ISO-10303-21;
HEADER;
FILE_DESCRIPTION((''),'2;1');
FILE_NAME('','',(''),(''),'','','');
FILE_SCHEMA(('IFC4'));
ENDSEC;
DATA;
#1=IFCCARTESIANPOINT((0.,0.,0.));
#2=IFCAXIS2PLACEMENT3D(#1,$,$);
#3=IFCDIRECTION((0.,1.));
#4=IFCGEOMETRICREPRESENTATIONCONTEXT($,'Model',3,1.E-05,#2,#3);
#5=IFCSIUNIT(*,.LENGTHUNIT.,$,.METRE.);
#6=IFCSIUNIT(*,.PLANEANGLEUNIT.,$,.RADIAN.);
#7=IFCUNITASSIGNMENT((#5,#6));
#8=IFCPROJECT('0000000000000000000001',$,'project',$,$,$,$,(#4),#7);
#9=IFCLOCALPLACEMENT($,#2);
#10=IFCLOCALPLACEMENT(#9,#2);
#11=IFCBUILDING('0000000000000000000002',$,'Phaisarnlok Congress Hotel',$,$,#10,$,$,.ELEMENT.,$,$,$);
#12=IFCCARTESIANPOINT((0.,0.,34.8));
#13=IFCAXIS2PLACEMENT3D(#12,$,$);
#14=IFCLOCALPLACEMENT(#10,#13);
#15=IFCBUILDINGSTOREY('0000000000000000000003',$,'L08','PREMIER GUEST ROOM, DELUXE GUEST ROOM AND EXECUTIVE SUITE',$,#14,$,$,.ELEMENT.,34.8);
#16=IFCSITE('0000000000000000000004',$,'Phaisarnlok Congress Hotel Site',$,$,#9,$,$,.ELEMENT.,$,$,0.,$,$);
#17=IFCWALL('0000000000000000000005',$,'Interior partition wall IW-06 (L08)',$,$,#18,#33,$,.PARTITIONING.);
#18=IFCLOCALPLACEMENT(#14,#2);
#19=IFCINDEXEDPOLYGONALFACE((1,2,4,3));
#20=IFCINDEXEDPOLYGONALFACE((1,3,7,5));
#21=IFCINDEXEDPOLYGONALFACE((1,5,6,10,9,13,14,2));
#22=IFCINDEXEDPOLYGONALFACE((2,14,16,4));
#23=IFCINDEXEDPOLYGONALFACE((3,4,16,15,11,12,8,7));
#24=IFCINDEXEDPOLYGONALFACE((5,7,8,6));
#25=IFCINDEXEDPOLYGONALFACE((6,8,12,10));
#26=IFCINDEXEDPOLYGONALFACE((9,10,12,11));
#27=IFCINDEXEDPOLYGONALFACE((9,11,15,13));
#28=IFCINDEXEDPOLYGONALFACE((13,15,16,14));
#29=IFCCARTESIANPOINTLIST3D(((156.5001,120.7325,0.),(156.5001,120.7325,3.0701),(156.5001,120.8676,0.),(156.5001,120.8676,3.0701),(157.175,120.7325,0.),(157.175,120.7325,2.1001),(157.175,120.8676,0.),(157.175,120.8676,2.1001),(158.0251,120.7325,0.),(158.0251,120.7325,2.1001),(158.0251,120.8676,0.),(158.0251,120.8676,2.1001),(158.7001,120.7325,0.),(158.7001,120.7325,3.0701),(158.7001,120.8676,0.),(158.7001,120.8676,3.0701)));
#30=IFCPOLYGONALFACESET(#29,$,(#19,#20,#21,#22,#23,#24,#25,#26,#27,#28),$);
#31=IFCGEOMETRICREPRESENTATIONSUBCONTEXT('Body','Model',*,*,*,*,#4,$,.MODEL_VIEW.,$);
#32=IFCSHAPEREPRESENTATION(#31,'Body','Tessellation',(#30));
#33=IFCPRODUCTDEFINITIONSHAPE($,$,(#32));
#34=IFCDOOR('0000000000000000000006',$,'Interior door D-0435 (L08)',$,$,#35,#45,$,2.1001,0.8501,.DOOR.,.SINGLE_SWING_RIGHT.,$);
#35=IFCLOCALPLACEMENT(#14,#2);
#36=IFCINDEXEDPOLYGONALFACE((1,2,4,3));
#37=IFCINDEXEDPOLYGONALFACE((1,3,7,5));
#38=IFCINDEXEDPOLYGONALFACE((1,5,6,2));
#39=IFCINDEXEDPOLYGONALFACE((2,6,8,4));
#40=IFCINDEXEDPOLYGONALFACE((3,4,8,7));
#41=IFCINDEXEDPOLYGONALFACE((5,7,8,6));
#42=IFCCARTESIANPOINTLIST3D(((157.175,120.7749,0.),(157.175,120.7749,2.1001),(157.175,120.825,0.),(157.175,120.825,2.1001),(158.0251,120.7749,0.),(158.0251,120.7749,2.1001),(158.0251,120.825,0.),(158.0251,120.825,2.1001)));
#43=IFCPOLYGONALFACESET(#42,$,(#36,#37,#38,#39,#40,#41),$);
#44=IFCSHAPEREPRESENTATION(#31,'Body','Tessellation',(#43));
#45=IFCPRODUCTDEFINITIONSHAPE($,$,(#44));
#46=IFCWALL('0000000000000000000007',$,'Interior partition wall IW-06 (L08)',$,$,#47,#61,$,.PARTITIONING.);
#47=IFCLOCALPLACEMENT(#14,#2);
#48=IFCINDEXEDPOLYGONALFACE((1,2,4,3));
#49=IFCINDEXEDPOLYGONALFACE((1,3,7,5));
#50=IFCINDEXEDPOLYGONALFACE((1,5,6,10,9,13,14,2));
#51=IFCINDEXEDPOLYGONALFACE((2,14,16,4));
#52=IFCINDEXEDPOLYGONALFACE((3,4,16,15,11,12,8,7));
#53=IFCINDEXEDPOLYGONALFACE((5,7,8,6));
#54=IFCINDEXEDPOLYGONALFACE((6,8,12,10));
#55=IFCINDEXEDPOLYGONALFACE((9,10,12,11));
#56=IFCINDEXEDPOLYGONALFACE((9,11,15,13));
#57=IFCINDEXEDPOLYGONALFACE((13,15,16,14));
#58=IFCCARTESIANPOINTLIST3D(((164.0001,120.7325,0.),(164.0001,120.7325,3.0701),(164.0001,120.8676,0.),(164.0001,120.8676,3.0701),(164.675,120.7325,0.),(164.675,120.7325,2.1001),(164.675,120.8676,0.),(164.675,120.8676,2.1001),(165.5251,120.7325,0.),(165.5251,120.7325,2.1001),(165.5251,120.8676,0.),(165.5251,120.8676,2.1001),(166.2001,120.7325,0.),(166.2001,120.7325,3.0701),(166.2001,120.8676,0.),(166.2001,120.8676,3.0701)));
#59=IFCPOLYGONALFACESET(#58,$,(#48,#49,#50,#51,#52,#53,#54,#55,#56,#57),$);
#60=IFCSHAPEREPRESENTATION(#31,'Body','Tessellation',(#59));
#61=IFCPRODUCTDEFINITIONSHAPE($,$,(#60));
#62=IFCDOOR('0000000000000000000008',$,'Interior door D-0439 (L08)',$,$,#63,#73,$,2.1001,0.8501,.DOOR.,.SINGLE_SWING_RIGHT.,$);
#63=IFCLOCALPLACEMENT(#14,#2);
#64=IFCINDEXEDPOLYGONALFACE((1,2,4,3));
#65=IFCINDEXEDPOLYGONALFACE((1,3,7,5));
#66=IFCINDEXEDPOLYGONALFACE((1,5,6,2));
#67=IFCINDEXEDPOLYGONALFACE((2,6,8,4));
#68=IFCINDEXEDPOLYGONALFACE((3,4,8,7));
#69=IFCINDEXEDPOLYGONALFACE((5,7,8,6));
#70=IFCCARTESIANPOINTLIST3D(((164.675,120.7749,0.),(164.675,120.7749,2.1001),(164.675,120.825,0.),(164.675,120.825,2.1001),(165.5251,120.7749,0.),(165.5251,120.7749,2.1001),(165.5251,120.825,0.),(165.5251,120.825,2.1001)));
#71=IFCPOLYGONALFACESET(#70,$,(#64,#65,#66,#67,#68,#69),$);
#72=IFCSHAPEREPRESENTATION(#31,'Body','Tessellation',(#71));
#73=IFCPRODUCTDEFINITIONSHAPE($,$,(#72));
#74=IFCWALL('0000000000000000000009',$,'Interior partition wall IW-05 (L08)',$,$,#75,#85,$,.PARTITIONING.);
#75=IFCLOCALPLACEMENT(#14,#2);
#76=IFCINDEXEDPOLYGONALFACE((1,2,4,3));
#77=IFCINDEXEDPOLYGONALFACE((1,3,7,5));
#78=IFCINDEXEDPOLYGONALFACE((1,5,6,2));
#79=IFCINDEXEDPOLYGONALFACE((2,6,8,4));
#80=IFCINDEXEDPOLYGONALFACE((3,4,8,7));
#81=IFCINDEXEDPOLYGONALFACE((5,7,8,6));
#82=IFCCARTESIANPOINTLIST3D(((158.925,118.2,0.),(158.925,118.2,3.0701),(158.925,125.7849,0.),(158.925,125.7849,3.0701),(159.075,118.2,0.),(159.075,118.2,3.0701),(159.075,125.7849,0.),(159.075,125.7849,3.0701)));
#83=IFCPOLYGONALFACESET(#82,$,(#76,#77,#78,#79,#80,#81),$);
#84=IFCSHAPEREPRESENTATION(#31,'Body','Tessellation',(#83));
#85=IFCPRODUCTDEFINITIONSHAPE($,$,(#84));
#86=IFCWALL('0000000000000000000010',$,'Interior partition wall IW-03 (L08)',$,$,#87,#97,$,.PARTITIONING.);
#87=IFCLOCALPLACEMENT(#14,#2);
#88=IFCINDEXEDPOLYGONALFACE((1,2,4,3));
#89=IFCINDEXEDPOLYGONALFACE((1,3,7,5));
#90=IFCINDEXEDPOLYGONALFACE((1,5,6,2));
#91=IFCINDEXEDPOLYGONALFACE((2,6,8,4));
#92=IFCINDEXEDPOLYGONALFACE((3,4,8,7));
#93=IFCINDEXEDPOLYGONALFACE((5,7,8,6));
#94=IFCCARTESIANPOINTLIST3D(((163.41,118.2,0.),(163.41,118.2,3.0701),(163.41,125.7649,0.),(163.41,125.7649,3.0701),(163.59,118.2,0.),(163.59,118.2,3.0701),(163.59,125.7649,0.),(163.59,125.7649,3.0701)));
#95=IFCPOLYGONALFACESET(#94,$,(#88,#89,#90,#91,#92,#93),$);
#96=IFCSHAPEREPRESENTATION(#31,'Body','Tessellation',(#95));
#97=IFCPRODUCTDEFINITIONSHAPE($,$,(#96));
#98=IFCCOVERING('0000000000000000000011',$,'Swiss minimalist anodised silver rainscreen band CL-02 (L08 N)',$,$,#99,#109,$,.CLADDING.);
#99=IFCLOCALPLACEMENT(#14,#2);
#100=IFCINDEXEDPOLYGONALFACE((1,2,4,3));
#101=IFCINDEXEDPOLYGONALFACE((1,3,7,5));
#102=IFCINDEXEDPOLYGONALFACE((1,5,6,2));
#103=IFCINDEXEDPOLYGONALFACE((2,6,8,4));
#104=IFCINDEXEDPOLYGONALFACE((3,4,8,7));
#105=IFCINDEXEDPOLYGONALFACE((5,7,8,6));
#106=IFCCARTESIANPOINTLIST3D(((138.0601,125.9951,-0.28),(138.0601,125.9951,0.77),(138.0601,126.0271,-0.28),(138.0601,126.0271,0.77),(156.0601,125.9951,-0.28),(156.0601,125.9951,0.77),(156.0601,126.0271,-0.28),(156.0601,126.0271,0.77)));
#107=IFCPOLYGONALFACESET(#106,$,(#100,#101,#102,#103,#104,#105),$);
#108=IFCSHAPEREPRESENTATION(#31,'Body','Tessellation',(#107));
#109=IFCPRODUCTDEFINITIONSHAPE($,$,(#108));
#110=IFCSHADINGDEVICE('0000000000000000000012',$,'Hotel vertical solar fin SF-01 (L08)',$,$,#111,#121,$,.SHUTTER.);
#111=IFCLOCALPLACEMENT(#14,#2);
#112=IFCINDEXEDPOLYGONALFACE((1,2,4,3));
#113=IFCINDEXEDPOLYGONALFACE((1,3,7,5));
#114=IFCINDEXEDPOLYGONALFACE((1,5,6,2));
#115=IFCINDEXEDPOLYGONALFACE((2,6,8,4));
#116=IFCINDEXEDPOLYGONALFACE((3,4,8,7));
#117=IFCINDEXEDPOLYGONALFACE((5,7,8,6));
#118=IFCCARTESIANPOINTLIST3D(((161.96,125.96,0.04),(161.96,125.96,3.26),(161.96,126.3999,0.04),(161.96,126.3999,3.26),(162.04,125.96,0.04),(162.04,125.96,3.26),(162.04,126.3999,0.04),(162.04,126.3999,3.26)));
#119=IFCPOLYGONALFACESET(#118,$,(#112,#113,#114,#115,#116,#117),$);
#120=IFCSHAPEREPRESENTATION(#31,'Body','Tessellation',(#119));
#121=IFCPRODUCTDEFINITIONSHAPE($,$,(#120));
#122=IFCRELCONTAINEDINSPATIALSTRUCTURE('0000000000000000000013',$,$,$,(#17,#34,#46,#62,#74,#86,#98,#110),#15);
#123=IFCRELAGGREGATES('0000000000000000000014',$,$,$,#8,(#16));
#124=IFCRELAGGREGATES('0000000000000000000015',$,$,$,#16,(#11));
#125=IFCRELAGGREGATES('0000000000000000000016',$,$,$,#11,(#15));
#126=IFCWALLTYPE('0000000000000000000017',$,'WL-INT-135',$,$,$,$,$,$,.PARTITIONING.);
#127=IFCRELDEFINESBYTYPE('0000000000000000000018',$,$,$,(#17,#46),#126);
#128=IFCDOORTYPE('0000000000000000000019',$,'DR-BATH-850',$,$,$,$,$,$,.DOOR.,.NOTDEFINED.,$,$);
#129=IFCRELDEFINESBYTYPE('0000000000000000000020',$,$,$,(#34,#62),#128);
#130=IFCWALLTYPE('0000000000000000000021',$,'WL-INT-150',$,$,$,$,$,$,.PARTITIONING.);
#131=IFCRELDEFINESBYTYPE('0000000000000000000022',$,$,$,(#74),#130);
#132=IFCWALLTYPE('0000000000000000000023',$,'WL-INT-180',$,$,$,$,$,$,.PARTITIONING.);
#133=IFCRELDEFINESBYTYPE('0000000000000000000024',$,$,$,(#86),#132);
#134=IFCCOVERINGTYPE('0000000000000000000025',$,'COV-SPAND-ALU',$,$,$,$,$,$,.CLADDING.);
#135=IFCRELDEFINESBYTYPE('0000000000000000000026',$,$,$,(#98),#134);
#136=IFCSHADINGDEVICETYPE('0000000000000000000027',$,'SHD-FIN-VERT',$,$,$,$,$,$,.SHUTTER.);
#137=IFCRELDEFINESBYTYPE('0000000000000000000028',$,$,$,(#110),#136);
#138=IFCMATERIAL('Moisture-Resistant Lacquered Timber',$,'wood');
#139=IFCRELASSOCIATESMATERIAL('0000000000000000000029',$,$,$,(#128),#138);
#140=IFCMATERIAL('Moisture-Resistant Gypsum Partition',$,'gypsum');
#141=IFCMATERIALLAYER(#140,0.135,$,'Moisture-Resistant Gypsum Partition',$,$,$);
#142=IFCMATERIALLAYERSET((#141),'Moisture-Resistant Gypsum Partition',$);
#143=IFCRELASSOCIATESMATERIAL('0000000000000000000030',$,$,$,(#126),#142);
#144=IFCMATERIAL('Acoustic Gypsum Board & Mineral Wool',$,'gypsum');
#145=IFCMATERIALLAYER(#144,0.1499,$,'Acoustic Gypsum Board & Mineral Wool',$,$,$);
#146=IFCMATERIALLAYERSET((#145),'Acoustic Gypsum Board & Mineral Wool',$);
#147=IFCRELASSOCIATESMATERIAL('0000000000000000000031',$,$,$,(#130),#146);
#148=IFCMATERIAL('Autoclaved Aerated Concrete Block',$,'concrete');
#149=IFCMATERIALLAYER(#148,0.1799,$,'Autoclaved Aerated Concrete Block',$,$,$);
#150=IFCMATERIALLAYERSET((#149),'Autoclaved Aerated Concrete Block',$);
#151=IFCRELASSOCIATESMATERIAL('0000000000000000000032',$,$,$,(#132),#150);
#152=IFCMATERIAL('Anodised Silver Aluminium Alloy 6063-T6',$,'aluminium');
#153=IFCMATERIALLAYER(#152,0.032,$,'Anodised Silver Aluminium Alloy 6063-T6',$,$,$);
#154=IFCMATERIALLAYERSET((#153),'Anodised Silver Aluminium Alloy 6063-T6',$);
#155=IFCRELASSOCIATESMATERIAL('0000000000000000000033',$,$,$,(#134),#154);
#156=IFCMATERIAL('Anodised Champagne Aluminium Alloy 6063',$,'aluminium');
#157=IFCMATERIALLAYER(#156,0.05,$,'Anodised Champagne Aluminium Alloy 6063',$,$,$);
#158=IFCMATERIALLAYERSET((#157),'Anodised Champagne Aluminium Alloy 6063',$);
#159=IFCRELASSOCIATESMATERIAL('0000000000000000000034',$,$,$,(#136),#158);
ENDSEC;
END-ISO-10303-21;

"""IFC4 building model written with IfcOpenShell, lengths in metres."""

from ifc_helpers import new_model, si_unit, direction, frame, frame_2d, origin, origin_2d, place, context, subcontext, project, spatial, polyline, rectangle, outline, extrude, material, layer, layer_set, type_object, element, fill, save


model = new_model("IFC4")

# Units and contexts
model_context = context("Model", 3, precision=1e-05, world=origin(), true_north=direction((0.0, 1.0)))
body_context = subcontext(model_context, "Body", "Model", "MODEL_VIEW")
ifc_project = project(units=[si_unit("LENGTHUNIT", "METRE"), si_unit("PLANEANGLEUNIT", "RADIAN")], contexts=[model_context])

# Site, building, storey
site_placement = place(None, origin())
site = spatial("IfcSite", under=ifc_project, at=site_placement, Name="Phaisarnlok Congress Hotel Site", CompositionType="ELEMENT", RefElevation=0.0)
building_placement = place(site_placement, origin())
building = spatial("IfcBuilding", under=site, at=building_placement, Name="Phaisarnlok Congress Hotel", CompositionType="ELEMENT")
storey_placement = place(building_placement, frame((0.0, 0.0, 34.8)))
storey = spatial("IfcBuildingStorey", under=building, at=storey_placement, Name="L08", Description="PREMIER GUEST ROOM, DELUXE GUEST ROOM AND EXECUTIVE SUITE", CompositionType="ELEMENT", Elevation=34.8)

# Shared definitions
ifc_material_1 = material(Name="Moisture-Resistant Lacquered Timber", Category="wood")
door_type = type_object("IfcDoorType", Name="DR-BATH-850", OperationType="NOTDEFINED", PredefinedType="DOOR", material=ifc_material_1)

# Shared definitions
ifc_material_2 = material(Name="Moisture-Resistant Gypsum Partition", Category="gypsum")
ifc_layer_1 = layer(ifc_material_2, 0.135, Name="Moisture-Resistant Gypsum Partition")
ifc_layer_set_1 = layer_set([ifc_layer_1], Name="Moisture-Resistant Gypsum Partition")
wall_type_1 = type_object("IfcWallType", Name="WL-INT-135", PredefinedType="PARTITIONING", material=ifc_layer_set_1)

# Walls, openings, doors
wall_1_placement = place(storey_placement, frame((156.5, 120.8, 0.0), z_axis=(0.0, 0.0, 1.0), x_axis=(1.0, 0.0, 0.0)))
wall_1 = element("IfcWall", 1, at=wall_1_placement, inside=storey, type_object=wall_type_1, Name="Interior partition wall IW-06 (L08)", PredefinedType="PARTITIONING", context=body_context, shape_type="SweptSolid", body=[
    extrude(rectangle(XDim=2.2, YDim=0.135, at=frame_2d((1.1001, 0.0))), origin(), (0.0, 0.0, 1.0), 3.0701),
])
opening_1_placement = place(wall_1_placement, frame((0.675, 0.0, 0.0)))
opening_1 = element("IfcOpeningElement", 2, at=opening_1_placement, cuts=wall_1, PredefinedType="OPENING", context=body_context, shape_type="SweptSolid", body=[
    extrude(rectangle(XDim=0.8501, YDim=2.1001, at=frame_2d((0.425, 1.05))), frame((0.0, 0.0776, 0.0), z_axis=(0.0, -1.0, 0.0), x_axis=(1.0, 0.0, 0.0)), (0.0, 0.0, 1.0), 0.155),
])
door_1_placement = place(opening_1_placement, origin())
door_1 = element("IfcDoor", 3, at=door_1_placement, inside=storey, type_object=door_type, Name="Interior door D-0435 (L08)", OperationType="SINGLE_SWING_RIGHT", OverallHeight=2.1001, OverallWidth=0.8501, PredefinedType="DOOR", context=body_context, shape_type="SweptSolid", body=[
    extrude(rectangle(XDim=0.8501, YDim=2.1001, at=frame_2d((0.425, 1.05))), frame((0.0, 0.0249, 0.0), z_axis=(0.0, -1.0, 0.0), x_axis=(1.0, 0.0, 0.0)), (0.0, 0.0, 1.0), 0.05),
])
fill(opening_1, door_1)
wall_2_placement = place(storey_placement, frame((164.0, 120.8, 0.0), z_axis=(0.0, 0.0, 1.0), x_axis=(1.0, 0.0, 0.0)))
wall_2 = element("IfcWall", 4, at=wall_2_placement, inside=storey, type_object=wall_type_1, Name="Interior partition wall IW-06 (L08)", PredefinedType="PARTITIONING", context=body_context, shape_type="SweptSolid", body=[
    extrude(rectangle(XDim=2.2, YDim=0.135, at=frame_2d((1.1001, 0.0))), origin(), (0.0, 0.0, 1.0), 3.0701),
])
opening_2_placement = place(wall_2_placement, frame((0.675, 0.0, 0.0)))
opening_2 = element("IfcOpeningElement", 5, at=opening_2_placement, cuts=wall_2, PredefinedType="OPENING", context=body_context, shape_type="SweptSolid", body=[
    extrude(rectangle(XDim=0.8501, YDim=2.1001, at=frame_2d((0.425, 1.05))), frame((0.0, 0.0776, 0.0), z_axis=(0.0, -1.0, 0.0), x_axis=(1.0, 0.0, 0.0)), (0.0, 0.0, 1.0), 0.155),
])
door_2_placement = place(opening_2_placement, origin())
door_2 = element("IfcDoor", 6, at=door_2_placement, inside=storey, type_object=door_type, Name="Interior door D-0439 (L08)", OperationType="SINGLE_SWING_RIGHT", OverallHeight=2.1001, OverallWidth=0.8501, PredefinedType="DOOR", context=body_context, shape_type="SweptSolid", body=[
    extrude(rectangle(XDim=0.8501, YDim=2.1001, at=frame_2d((0.425, 1.05))), frame((0.0, 0.0249, 0.0), z_axis=(0.0, -1.0, 0.0), x_axis=(1.0, 0.0, 0.0)), (0.0, 0.0, 1.0), 0.05),
])
fill(opening_2, door_2)

# Walls
ifc_material_3 = material(Name="Acoustic Gypsum Board & Mineral Wool", Category="gypsum")
ifc_layer_2 = layer(ifc_material_3, 0.1499, Name="Acoustic Gypsum Board & Mineral Wool")
ifc_layer_set_2 = layer_set([ifc_layer_2], Name="Acoustic Gypsum Board & Mineral Wool")
wall_type_2 = type_object("IfcWallType", Name="WL-INT-150", PredefinedType="PARTITIONING", material=ifc_layer_set_2)
wall_3_placement = place(storey_placement, frame((159.0, 118.2, 0.0), z_axis=(0.0, 0.0, 1.0), x_axis=(0.0, 1.0, 0.0)))
element("IfcWall", 7, at=wall_3_placement, inside=storey, type_object=wall_type_2, Name="Interior partition wall IW-05 (L08)", PredefinedType="PARTITIONING", context=body_context, shape_type="SweptSolid", body=[
    extrude(rectangle(XDim=7.585, YDim=0.1499, at=frame_2d((3.7925, 0.0))), origin(), (0.0, 0.0, 1.0), 3.0701),
])
ifc_material_4 = material(Name="Autoclaved Aerated Concrete Block", Category="concrete")
ifc_layer_3 = layer(ifc_material_4, 0.1799, Name="Autoclaved Aerated Concrete Block")
ifc_layer_set_3 = layer_set([ifc_layer_3], Name="Autoclaved Aerated Concrete Block")
wall_type_3 = type_object("IfcWallType", Name="WL-INT-180", PredefinedType="PARTITIONING", material=ifc_layer_set_3)
wall_4_placement = place(storey_placement, frame((163.5, 118.2, 0.0), z_axis=(0.0, 0.0, 1.0), x_axis=(0.0, 1.0, 0.0)))
element("IfcWall", 8, at=wall_4_placement, inside=storey, type_object=wall_type_3, Name="Interior partition wall IW-03 (L08)", PredefinedType="PARTITIONING", context=body_context, shape_type="SweptSolid", body=[
    extrude(rectangle(XDim=7.5649, YDim=0.1799, at=frame_2d((3.7825, 0.0))), origin(), (0.0, 0.0, 1.0), 3.0701),
])

# Covering
ifc_material_5 = material(Name="Anodised Silver Aluminium Alloy 6063-T6", Category="aluminium")
ifc_layer_4 = layer(ifc_material_5, 0.032, Name="Anodised Silver Aluminium Alloy 6063-T6")
ifc_layer_set_4 = layer_set([ifc_layer_4], Name="Anodised Silver Aluminium Alloy 6063-T6")
covering_type = type_object("IfcCoveringType", Name="COV-SPAND-ALU", PredefinedType="CLADDING", material=ifc_layer_set_4)
covering_placement = place(storey_placement, frame((156.0601, 125.9951, -0.28), z_axis=(0.0, 1.0, 0.0), x_axis=(-1.0, 0.0, 0.0)))
element("IfcCovering", 9, at=covering_placement, inside=storey, type_object=covering_type, Name="Swiss minimalist anodised silver rainscreen band CL-02 (L08 N)", PredefinedType="CLADDING", context=body_context, shape_type="SweptSolid", body=[
    extrude(outline(polyline([(0.0, 0.0), (18.0, 0.0), (18.0, 1.05), (0.0, 1.05), (0.0, 0.0)])), origin(), (0.0, 0.0, 1.0), 0.032),
])

# Shading device
ifc_material_6 = material(Name="Anodised Champagne Aluminium Alloy 6063", Category="aluminium")
ifc_layer_5 = layer(ifc_material_6, 0.05, Name="Anodised Champagne Aluminium Alloy 6063")
ifc_layer_set_5 = layer_set([ifc_layer_5], Name="Anodised Champagne Aluminium Alloy 6063")
shading_device_type = type_object("IfcShadingDeviceType", Name="SHD-FIN-VERT", PredefinedType="SHUTTER", material=ifc_layer_set_5)
shading_device_placement = place(storey_placement, frame((162.0, 126.1799, 0.04), z_axis=(0.0, 0.0, 1.0), x_axis=(1.0, 0.0, 0.0)))
element("IfcShadingDevice", 10, at=shading_device_placement, inside=storey, type_object=shading_device_type, Name="Hotel vertical solar fin SF-01 (L08)", PredefinedType="SHUTTER", context=body_context, shape_type="SweptSolid", body=[
    extrude(rectangle(XDim=0.0801, YDim=0.4399, at=origin_2d()), origin(), (0.0, 0.0, 1.0), 3.22),
])

save(model, "model.ifc")
